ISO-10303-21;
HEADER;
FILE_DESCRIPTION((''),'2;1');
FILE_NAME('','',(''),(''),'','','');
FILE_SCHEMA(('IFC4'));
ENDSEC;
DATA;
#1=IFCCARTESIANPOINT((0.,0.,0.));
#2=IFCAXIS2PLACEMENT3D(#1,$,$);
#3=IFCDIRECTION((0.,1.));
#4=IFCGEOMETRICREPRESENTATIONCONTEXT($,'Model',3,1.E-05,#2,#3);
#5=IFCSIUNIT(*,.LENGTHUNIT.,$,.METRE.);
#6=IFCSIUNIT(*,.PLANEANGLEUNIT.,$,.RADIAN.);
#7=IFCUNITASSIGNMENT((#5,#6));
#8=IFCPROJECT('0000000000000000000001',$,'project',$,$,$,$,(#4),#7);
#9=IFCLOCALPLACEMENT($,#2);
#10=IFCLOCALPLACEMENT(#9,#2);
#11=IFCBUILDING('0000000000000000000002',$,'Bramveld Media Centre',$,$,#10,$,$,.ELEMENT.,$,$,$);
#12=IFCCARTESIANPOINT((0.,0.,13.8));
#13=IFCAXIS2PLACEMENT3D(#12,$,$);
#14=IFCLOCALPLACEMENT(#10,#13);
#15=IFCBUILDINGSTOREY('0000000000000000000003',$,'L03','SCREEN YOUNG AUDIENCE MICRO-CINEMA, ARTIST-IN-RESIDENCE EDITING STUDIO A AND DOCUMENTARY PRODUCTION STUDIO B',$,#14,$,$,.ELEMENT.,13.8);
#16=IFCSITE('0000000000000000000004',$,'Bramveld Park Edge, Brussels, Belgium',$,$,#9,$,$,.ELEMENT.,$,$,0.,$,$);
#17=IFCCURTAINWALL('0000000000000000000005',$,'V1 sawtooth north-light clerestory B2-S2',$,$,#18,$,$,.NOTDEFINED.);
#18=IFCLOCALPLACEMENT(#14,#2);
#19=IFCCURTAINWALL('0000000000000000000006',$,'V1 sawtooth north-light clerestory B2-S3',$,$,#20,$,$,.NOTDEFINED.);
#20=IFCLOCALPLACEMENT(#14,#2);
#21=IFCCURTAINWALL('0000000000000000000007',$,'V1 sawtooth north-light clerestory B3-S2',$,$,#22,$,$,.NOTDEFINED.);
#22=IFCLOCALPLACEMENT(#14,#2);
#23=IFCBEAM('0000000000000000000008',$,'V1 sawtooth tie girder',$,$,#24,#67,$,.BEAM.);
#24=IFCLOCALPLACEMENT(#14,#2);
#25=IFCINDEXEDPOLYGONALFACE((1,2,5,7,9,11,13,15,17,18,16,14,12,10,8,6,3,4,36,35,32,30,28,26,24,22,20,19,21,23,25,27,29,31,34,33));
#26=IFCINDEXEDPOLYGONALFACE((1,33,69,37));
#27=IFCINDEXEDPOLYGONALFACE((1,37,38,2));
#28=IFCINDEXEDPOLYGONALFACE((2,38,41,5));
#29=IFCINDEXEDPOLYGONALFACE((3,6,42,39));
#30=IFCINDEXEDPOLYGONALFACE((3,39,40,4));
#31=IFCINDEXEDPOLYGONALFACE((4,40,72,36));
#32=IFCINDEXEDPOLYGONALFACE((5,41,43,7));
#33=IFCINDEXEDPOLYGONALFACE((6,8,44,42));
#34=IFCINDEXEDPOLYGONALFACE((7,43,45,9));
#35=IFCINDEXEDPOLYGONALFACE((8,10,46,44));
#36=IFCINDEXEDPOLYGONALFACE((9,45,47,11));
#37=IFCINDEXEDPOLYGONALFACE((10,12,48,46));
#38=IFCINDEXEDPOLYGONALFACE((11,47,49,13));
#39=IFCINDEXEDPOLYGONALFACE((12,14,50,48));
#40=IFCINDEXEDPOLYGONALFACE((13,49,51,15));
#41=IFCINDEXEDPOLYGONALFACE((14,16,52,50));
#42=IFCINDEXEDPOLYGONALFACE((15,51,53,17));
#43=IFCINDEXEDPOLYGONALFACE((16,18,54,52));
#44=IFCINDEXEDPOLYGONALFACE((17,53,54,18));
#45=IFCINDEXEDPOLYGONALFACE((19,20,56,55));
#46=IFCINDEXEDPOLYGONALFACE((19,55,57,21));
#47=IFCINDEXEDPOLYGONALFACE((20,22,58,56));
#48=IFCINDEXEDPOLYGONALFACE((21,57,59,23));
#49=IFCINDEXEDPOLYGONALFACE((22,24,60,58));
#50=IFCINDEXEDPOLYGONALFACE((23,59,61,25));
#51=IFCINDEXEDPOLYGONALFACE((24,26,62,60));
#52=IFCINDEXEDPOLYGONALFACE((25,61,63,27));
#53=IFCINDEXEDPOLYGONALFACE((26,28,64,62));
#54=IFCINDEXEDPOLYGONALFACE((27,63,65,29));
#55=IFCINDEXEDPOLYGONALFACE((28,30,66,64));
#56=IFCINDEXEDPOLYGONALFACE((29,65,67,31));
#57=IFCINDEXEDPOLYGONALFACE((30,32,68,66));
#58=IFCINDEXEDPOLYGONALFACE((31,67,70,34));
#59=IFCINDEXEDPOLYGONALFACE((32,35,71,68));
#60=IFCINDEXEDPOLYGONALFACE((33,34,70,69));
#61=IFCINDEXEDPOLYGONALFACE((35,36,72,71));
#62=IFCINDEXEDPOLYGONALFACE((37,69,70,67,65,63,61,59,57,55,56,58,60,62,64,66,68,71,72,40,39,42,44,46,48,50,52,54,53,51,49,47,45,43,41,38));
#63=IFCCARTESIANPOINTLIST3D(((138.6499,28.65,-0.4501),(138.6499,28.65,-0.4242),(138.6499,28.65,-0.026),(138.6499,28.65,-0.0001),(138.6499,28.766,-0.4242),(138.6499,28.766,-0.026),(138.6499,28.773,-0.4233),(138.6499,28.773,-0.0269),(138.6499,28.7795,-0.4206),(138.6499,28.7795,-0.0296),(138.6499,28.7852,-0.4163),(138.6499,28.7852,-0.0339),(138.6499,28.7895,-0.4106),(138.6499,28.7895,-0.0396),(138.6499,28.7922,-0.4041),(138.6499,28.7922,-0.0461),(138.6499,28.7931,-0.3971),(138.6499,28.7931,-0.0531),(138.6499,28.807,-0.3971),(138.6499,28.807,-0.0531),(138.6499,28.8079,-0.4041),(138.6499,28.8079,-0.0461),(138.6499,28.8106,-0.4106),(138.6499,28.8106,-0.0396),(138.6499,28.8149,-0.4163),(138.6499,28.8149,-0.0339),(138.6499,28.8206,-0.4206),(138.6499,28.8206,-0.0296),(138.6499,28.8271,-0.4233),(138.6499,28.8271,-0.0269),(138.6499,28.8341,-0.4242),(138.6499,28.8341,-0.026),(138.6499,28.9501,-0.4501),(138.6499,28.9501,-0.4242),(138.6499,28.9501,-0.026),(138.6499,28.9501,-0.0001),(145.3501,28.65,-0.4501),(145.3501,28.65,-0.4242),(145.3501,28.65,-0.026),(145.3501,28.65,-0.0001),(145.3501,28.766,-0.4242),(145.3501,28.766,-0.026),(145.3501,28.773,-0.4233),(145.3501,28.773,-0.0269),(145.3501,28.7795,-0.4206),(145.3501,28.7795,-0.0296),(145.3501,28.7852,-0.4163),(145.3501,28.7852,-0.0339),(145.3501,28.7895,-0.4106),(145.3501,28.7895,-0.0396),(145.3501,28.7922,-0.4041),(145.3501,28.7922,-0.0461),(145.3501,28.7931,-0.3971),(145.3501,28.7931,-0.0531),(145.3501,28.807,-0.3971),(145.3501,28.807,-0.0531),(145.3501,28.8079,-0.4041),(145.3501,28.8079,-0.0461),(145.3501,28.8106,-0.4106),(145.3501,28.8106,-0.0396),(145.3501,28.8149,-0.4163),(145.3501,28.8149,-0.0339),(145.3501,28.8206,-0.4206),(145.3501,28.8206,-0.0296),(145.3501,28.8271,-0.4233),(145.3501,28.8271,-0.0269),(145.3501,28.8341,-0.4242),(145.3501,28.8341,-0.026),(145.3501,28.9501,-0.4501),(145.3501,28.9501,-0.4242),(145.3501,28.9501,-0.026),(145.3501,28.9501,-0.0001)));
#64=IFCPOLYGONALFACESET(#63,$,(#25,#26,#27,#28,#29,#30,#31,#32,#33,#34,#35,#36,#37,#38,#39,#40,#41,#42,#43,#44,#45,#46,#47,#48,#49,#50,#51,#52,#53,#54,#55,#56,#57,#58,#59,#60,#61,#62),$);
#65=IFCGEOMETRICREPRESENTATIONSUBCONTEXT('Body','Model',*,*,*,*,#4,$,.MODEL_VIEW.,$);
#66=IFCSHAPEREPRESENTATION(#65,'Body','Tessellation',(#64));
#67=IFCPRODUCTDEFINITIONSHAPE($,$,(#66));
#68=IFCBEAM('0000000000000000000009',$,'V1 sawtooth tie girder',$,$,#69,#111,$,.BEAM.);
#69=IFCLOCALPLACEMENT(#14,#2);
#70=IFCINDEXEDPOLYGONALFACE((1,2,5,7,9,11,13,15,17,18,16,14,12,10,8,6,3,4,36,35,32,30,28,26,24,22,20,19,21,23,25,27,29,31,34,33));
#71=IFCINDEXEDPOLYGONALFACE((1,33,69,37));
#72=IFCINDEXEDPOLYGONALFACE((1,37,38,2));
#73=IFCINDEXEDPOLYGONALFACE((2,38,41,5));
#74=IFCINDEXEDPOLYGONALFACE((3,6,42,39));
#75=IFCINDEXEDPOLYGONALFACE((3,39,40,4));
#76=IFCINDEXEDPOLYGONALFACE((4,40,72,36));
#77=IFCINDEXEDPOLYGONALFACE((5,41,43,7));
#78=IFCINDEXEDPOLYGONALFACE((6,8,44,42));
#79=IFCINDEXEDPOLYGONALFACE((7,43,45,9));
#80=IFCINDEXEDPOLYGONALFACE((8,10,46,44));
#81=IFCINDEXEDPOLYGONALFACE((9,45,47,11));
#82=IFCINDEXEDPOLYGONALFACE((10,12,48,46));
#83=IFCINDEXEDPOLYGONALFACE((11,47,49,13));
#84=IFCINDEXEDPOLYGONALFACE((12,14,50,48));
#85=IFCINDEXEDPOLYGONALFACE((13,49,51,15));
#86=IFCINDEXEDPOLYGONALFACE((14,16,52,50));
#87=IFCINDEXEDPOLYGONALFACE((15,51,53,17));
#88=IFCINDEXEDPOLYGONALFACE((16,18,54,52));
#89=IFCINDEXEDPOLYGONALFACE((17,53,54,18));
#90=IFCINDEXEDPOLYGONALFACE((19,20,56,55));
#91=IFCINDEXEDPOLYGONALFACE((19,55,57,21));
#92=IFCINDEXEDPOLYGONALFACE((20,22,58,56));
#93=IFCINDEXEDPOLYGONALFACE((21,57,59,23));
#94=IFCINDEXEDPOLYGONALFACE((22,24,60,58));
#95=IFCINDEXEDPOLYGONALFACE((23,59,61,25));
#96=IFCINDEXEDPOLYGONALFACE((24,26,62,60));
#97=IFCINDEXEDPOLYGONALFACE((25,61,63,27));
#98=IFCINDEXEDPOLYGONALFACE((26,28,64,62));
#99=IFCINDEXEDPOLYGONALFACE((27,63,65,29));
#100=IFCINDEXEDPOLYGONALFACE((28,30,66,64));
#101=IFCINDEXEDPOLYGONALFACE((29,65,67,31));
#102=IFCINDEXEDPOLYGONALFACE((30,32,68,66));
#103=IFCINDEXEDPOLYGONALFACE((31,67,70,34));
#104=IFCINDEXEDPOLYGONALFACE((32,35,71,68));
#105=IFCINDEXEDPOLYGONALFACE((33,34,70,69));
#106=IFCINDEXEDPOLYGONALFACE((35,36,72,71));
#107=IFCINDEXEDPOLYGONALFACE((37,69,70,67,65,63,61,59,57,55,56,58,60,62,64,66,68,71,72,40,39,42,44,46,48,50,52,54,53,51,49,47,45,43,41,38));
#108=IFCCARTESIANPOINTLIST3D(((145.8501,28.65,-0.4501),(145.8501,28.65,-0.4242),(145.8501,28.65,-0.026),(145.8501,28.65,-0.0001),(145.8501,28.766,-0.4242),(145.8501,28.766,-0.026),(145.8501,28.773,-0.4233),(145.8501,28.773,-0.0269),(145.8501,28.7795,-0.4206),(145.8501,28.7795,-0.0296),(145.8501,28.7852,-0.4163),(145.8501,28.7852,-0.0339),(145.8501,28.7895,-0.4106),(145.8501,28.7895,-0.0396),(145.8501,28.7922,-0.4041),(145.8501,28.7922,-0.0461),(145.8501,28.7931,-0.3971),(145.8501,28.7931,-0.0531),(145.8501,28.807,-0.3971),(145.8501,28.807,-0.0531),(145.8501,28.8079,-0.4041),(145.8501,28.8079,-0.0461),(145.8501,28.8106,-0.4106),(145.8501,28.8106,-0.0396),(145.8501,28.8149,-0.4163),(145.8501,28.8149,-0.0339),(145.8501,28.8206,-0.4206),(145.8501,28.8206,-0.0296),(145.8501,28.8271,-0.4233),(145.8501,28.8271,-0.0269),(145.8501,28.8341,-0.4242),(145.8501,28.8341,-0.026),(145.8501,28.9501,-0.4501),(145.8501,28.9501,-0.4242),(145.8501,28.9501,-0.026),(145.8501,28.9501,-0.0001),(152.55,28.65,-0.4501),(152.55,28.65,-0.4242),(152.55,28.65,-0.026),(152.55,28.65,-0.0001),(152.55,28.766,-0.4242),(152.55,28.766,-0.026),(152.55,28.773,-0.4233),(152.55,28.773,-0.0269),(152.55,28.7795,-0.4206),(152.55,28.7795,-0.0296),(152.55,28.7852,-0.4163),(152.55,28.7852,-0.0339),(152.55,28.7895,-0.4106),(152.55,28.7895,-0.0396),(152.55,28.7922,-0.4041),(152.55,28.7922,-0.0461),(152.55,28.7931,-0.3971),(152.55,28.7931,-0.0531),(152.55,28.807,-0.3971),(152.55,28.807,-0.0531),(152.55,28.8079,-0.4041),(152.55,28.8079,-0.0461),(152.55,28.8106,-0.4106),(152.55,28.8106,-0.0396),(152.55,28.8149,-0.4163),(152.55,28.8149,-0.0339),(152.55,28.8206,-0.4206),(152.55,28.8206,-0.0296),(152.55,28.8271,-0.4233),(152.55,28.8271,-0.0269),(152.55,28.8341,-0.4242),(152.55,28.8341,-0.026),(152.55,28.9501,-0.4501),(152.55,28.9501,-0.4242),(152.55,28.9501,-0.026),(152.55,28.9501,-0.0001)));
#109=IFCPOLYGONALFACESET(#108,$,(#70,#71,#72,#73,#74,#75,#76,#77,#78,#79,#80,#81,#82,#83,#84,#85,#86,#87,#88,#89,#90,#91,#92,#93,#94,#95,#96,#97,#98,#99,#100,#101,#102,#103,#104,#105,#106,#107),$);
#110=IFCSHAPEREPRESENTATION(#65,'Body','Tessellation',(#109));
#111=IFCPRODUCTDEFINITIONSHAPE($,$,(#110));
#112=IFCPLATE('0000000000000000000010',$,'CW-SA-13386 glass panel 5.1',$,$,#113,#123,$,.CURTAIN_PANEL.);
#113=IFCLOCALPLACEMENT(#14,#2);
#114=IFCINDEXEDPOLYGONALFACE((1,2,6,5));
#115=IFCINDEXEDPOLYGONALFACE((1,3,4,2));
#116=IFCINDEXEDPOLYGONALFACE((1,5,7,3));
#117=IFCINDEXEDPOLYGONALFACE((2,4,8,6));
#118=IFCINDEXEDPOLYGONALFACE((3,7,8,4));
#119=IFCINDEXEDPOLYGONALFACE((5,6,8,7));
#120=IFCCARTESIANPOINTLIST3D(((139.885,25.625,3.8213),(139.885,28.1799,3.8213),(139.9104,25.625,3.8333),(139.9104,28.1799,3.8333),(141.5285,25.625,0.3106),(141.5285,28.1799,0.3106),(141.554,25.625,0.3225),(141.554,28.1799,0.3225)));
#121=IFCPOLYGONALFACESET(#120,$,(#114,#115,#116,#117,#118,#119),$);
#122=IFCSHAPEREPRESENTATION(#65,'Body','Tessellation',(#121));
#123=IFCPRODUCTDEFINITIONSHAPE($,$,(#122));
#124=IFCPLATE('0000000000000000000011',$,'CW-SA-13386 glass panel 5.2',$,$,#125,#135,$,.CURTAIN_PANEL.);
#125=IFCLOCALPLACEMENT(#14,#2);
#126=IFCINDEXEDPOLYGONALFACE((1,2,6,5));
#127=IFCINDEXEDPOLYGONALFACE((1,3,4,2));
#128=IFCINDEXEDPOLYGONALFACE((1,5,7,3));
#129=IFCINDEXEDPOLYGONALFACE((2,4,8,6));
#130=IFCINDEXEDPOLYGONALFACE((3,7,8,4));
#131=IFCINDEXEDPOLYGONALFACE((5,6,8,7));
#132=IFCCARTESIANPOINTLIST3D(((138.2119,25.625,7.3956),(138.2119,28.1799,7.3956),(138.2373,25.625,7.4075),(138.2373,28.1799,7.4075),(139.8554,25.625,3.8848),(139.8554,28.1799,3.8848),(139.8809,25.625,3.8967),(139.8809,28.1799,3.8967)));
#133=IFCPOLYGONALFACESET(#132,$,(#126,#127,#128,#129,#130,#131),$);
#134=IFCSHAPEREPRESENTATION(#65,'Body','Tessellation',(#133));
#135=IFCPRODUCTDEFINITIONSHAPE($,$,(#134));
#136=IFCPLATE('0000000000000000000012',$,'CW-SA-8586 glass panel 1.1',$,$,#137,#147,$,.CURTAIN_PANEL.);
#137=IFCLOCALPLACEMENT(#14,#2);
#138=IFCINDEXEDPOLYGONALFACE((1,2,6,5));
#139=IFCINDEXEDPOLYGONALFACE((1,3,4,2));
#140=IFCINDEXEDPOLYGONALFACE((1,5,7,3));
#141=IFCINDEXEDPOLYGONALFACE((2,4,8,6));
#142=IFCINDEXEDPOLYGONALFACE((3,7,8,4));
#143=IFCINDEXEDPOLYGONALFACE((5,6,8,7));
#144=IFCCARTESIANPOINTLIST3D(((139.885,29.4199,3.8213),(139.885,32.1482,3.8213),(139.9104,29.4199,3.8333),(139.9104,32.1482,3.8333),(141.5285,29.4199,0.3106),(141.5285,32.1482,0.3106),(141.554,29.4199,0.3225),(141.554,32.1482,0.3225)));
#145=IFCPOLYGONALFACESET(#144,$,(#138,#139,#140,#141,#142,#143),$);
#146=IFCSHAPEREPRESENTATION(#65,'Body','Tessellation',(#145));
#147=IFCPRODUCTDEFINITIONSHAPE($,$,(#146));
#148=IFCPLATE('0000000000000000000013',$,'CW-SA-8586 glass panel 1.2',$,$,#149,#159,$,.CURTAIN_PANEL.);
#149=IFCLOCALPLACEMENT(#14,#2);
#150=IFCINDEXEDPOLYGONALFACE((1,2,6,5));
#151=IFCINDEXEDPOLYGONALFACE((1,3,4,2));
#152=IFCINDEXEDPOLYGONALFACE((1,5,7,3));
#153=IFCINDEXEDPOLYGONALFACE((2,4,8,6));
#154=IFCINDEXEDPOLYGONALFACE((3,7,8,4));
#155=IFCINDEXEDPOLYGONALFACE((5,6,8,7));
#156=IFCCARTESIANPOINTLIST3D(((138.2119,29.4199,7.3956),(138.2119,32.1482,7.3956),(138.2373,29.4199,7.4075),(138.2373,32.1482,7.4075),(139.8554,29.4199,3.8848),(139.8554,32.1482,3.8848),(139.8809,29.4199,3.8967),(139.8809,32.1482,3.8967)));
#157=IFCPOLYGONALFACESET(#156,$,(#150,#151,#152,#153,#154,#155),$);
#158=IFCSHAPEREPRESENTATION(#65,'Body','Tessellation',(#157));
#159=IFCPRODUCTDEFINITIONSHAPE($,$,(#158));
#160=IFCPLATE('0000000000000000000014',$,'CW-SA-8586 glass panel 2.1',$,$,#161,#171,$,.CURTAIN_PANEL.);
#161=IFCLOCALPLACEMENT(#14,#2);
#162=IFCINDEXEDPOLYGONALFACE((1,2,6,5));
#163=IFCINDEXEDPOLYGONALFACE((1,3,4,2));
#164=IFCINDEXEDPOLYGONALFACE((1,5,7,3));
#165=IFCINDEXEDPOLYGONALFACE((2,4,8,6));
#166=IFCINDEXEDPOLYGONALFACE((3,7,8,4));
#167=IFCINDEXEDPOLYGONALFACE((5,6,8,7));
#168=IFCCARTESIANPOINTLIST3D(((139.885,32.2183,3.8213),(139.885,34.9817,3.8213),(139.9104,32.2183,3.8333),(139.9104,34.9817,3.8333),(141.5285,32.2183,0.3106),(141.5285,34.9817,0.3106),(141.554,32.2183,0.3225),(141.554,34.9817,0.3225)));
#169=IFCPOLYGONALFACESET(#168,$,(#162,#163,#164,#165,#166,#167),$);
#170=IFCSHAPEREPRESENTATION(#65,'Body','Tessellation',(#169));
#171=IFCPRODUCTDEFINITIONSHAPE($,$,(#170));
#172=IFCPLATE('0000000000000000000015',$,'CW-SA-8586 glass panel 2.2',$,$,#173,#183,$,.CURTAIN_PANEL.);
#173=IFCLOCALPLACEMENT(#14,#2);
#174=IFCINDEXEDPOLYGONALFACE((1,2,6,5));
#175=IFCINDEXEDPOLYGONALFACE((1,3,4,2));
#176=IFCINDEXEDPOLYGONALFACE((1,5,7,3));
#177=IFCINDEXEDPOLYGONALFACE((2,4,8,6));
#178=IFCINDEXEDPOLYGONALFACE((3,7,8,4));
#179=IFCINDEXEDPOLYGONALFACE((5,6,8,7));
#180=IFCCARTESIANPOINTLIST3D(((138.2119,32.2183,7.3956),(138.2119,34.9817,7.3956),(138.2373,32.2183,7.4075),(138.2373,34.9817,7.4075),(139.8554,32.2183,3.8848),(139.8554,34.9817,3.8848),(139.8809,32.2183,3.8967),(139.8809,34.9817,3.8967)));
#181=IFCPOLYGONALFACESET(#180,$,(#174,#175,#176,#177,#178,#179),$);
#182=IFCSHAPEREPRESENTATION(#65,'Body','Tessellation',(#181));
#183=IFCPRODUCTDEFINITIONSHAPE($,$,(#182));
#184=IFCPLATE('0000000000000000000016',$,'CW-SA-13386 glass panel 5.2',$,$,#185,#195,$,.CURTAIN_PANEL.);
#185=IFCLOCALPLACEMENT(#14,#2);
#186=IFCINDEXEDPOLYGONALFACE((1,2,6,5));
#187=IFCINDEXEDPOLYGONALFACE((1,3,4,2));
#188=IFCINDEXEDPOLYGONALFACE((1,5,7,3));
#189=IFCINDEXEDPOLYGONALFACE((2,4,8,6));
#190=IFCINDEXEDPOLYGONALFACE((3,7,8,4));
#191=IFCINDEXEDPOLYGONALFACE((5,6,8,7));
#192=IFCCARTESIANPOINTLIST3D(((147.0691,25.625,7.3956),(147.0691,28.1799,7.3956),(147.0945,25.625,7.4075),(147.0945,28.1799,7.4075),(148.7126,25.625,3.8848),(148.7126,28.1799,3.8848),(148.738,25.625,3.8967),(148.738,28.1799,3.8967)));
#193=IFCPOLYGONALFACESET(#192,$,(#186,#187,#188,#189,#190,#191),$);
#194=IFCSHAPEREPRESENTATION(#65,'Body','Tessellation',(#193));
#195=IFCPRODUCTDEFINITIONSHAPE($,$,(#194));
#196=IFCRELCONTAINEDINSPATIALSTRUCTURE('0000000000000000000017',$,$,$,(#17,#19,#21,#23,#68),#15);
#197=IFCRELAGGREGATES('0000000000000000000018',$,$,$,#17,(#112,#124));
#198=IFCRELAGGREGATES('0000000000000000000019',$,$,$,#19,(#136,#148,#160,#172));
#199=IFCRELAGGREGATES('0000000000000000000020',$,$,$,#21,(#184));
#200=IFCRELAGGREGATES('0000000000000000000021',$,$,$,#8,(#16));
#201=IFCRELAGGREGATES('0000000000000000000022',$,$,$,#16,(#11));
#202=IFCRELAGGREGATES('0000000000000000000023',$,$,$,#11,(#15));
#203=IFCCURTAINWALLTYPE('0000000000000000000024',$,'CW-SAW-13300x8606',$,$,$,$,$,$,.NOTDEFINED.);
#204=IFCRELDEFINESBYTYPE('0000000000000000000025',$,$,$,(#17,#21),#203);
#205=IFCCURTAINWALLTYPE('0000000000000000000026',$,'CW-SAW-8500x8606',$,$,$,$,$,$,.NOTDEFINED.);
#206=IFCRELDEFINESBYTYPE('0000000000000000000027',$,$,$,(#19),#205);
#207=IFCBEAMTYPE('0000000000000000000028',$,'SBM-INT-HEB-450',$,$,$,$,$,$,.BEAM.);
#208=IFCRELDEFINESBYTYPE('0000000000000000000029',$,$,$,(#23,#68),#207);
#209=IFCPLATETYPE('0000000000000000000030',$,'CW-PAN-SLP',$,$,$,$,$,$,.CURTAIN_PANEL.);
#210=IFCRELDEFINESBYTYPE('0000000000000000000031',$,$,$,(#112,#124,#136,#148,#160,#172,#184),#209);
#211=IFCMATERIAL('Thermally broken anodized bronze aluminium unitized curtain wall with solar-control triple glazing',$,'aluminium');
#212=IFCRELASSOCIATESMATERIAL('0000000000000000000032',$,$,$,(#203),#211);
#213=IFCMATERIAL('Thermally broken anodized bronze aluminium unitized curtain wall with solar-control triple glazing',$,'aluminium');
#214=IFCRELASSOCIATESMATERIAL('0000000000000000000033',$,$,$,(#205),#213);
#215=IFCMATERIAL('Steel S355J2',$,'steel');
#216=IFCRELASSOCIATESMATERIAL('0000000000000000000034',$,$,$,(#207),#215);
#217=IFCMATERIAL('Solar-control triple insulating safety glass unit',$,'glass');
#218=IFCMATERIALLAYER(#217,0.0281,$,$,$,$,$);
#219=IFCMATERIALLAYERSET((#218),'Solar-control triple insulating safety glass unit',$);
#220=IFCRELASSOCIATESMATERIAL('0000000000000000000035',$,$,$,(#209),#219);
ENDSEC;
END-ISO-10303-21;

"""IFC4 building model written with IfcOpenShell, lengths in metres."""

from ifc_helpers import new_model, si_unit, direction, frame, origin, origin_2d, place, context, subcontext, project, spatial, polyline, i_section, outline, extrude, material, layer, layer_set, material_profile, profile_set, type_object, element, aggregate, save


model = new_model("IFC4")

# Units and contexts
model_context = context("Model", 3, precision=1e-05, world=origin(), true_north=direction((0.0, 1.0)))
body_context = subcontext(model_context, "Body", "Model", "MODEL_VIEW")
ifc_project = project(units=[si_unit("LENGTHUNIT", "METRE"), si_unit("PLANEANGLEUNIT", "RADIAN")], contexts=[model_context])

# Site, building, storey
site_placement = place(None, origin())
site = spatial("IfcSite", under=ifc_project, at=site_placement, Name="Bramveld Park Edge, Brussels, Belgium", CompositionType="ELEMENT", RefElevation=0.0)
building_placement = place(site_placement, origin())
building = spatial("IfcBuilding", under=site, at=building_placement, Name="Bramveld Media Centre", CompositionType="ELEMENT")
storey_placement = place(building_placement, frame((0.0, 0.0, 13.8)))
storey = spatial("IfcBuildingStorey", under=building, at=storey_placement, Name="L03", Description="SCREEN YOUNG AUDIENCE MICRO-CINEMA, ARTIST-IN-RESIDENCE EDITING STUDIO A AND DOCUMENTARY PRODUCTION STUDIO B", CompositionType="ELEMENT", Elevation=13.8)

# Curtain wall
ifc_material_1 = material(Name="Thermally broken anodized bronze aluminium unitized curtain wall with solar-control triple glazing", Category="aluminium")
curtain_wall_type_1 = type_object("IfcCurtainWallType", Name="CW-SAW-13300x8606", PredefinedType="NOTDEFINED", material=ifc_material_1)
curtain_wall_1_placement = place(storey_placement, origin())
curtain_wall_1 = element("IfcCurtainWall", 1, at=curtain_wall_1_placement, inside=storey, type_object=curtain_wall_type_1, Name="V1 sawtooth north-light clerestory B2-S2", PredefinedType="NOTDEFINED")

# Curtain wall
ifc_material_2 = material(Name="Thermally broken anodized bronze aluminium unitized curtain wall with solar-control triple glazing", Category="aluminium")
curtain_wall_type_2 = type_object("IfcCurtainWallType", Name="CW-SAW-8500x8606", PredefinedType="NOTDEFINED", material=ifc_material_2)
curtain_wall_2_placement = place(storey_placement, origin())
curtain_wall_2 = element("IfcCurtainWall", 2, at=curtain_wall_2_placement, inside=storey, type_object=curtain_wall_type_2, Name="V1 sawtooth north-light clerestory B2-S3", PredefinedType="NOTDEFINED")

# Curtain wall
curtain_wall_3_placement = place(storey_placement, origin())
curtain_wall_3 = element("IfcCurtainWall", 3, at=curtain_wall_3_placement, inside=storey, type_object=curtain_wall_type_1, Name="V1 sawtooth north-light clerestory B3-S2", PredefinedType="NOTDEFINED")

# Beams
ifc_material_3 = material(Name="Steel S355J2", Category="steel")
ifc_material_profile_1 = material_profile(ifc_material_3, i_section(OverallWidth=0.3, OverallDepth=0.45, WebThickness=0.0139, FlangeThickness=0.0259, FilletRadius=0.0271, at=origin_2d()), Name="HEB 450")
ifc_profile_set_1 = profile_set([ifc_material_profile_1], Name="Steel S355J2")
beam_type_1 = type_object("IfcBeamType", Name="SBM-INT-HEB-450", PredefinedType="BEAM", material=ifc_profile_set_1)
beam_1_placement = place(storey_placement, frame((138.6499, 28.8, -0.2251), z_axis=(1.0, 0.0, 0.0), x_axis=(0.0, 1.0, 0.0)))
element("IfcBeam", 4, at=beam_1_placement, inside=storey, type_object=beam_type_1, Name="V1 sawtooth tie girder", PredefinedType="BEAM", context=body_context, shape_type="SweptSolid", body=[
    extrude(i_section(OverallWidth=0.3, OverallDepth=0.45, WebThickness=0.0139, FlangeThickness=0.0259, FilletRadius=0.0271, at=origin_2d()), origin(), (0.0, 0.0, 1.0), 6.7002),
])
beam_2_placement = place(storey_placement, frame((145.8501, 28.8, -0.2251), z_axis=(1.0, 0.0, 0.0), x_axis=(0.0, 1.0, 0.0)))
element("IfcBeam", 5, at=beam_2_placement, inside=storey, type_object=beam_type_1, Name="V1 sawtooth tie girder", PredefinedType="BEAM", context=body_context, shape_type="SweptSolid", body=[
    extrude(i_section(OverallWidth=0.3, OverallDepth=0.45, WebThickness=0.0139, FlangeThickness=0.0259, FilletRadius=0.0271, at=origin_2d()), origin(), (0.0, 0.0, 1.0), 6.7),
])

# Plates
ifc_material_4 = material(Name="Solar-control triple insulating safety glass unit", Category="glass")
ifc_layer_1 = layer(ifc_material_4, 0.0281)
ifc_layer_set_1 = layer_set([ifc_layer_1], Name="Solar-control triple insulating safety glass unit")
plate_type_1 = type_object("IfcPlateType", Name="CW-PAN-SLP", PredefinedType="CURTAIN_PANEL", material=ifc_layer_set_1)
plate_1_placement = place(storey_placement, frame((141.554, 25.625, 0.3225), z_axis=(0.905668, 0.0, 0.423988), x_axis=(0.0, 1.0, 0.0)))
plate_1 = element("IfcPlate", 6, at=plate_1_placement, type_object=plate_type_1, Name="CW-SA-13386 glass panel 5.1", PredefinedType="CURTAIN_PANEL", context=body_context, shape_type="SweptSolid", body=[
    extrude(outline(polyline([(0.0, 0.0), (2.5549, 0.0), (2.5549, 3.8764), (0.0, 3.8764), (0.0, 0.0)])), origin(), (0.0, 0.0, -1.0), 0.0281),
])
plate_2_placement = place(storey_placement, frame((139.8809, 25.625, 3.8967), z_axis=(0.905668, 0.0, 0.423988), x_axis=(0.0, 1.0, 0.0)))
plate_2 = element("IfcPlate", 7, at=plate_2_placement, type_object=plate_type_1, Name="CW-SA-13386 glass panel 5.2", PredefinedType="CURTAIN_PANEL", context=body_context, shape_type="SweptSolid", body=[
    extrude(outline(polyline([(0.0, 0.0), (2.5549, 0.0), (2.5549, 3.8764), (0.0, 3.8764), (0.0, 0.0)])), origin(), (0.0, 0.0, -1.0), 0.0281),
])
aggregate(curtain_wall_1, [plate_1, plate_2])
plate_3_placement = place(storey_placement, frame((141.554, 29.4199, 0.3225), z_axis=(0.905668, 0.0, 0.423988), x_axis=(0.0, 1.0, 0.0)))
plate_3 = element("IfcPlate", 8, at=plate_3_placement, type_object=plate_type_1, Name="CW-SA-8586 glass panel 1.1", PredefinedType="CURTAIN_PANEL", context=body_context, shape_type="SweptSolid", body=[
    extrude(outline(polyline([(0.0, 0.0), (2.7283, 0.0), (2.7283, 3.8764), (0.0, 3.8764), (0.0, 0.0)])), origin(), (0.0, 0.0, -1.0), 0.0281),
])
plate_4_placement = place(storey_placement, frame((139.8809, 29.4199, 3.8967), z_axis=(0.905668, 0.0, 0.423988), x_axis=(0.0, 1.0, 0.0)))
plate_4 = element("IfcPlate", 9, at=plate_4_placement, type_object=plate_type_1, Name="CW-SA-8586 glass panel 1.2", PredefinedType="CURTAIN_PANEL", context=body_context, shape_type="SweptSolid", body=[
    extrude(outline(polyline([(0.0, 0.0), (2.7283, 0.0), (2.7283, 3.8764), (0.0, 3.8764), (0.0, 0.0)])), origin(), (0.0, 0.0, -1.0), 0.0281),
])
plate_5_placement = place(storey_placement, frame((141.554, 32.2183, 0.3225), z_axis=(0.905668, 0.0, 0.423988), x_axis=(0.0, 1.0, 0.0)))
plate_5 = element("IfcPlate", 10, at=plate_5_placement, type_object=plate_type_1, Name="CW-SA-8586 glass panel 2.1", PredefinedType="CURTAIN_PANEL", context=body_context, shape_type="SweptSolid", body=[
    extrude(outline(polyline([(0.0, 0.0), (2.7634, 0.0), (2.7634, 3.8764), (0.0, 3.8764), (0.0, 0.0)])), origin(), (0.0, 0.0, -1.0), 0.0281),
])
plate_6_placement = place(storey_placement, frame((139.8809, 32.2183, 3.8967), z_axis=(0.905668, 0.0, 0.423988), x_axis=(0.0, 1.0, 0.0)))
plate_6 = element("IfcPlate", 11, at=plate_6_placement, type_object=plate_type_1, Name="CW-SA-8586 glass panel 2.2", PredefinedType="CURTAIN_PANEL", context=body_context, shape_type="SweptSolid", body=[
    extrude(outline(polyline([(0.0, 0.0), (2.7634, 0.0), (2.7634, 3.8764), (0.0, 3.8764), (0.0, 0.0)])), origin(), (0.0, 0.0, -1.0), 0.0281),
])
aggregate(curtain_wall_2, [plate_3, plate_4, plate_5, plate_6])
plate_7_placement = place(storey_placement, frame((148.738, 25.625, 3.8967), z_axis=(0.905668, 0.0, 0.423988), x_axis=(0.0, 1.0, 0.0)))
plate_7 = element("IfcPlate", 12, at=plate_7_placement, type_object=plate_type_1, Name="CW-SA-13386 glass panel 5.2", PredefinedType="CURTAIN_PANEL", context=body_context, shape_type="SweptSolid", body=[
    extrude(outline(polyline([(0.0, 0.0), (2.5549, 0.0), (2.5549, 3.8764), (0.0, 3.8764), (0.0, 0.0)])), origin(), (0.0, 0.0, -1.0), 0.0281),
])
aggregate(curtain_wall_3, [plate_7])

save(model, "model.ifc")
